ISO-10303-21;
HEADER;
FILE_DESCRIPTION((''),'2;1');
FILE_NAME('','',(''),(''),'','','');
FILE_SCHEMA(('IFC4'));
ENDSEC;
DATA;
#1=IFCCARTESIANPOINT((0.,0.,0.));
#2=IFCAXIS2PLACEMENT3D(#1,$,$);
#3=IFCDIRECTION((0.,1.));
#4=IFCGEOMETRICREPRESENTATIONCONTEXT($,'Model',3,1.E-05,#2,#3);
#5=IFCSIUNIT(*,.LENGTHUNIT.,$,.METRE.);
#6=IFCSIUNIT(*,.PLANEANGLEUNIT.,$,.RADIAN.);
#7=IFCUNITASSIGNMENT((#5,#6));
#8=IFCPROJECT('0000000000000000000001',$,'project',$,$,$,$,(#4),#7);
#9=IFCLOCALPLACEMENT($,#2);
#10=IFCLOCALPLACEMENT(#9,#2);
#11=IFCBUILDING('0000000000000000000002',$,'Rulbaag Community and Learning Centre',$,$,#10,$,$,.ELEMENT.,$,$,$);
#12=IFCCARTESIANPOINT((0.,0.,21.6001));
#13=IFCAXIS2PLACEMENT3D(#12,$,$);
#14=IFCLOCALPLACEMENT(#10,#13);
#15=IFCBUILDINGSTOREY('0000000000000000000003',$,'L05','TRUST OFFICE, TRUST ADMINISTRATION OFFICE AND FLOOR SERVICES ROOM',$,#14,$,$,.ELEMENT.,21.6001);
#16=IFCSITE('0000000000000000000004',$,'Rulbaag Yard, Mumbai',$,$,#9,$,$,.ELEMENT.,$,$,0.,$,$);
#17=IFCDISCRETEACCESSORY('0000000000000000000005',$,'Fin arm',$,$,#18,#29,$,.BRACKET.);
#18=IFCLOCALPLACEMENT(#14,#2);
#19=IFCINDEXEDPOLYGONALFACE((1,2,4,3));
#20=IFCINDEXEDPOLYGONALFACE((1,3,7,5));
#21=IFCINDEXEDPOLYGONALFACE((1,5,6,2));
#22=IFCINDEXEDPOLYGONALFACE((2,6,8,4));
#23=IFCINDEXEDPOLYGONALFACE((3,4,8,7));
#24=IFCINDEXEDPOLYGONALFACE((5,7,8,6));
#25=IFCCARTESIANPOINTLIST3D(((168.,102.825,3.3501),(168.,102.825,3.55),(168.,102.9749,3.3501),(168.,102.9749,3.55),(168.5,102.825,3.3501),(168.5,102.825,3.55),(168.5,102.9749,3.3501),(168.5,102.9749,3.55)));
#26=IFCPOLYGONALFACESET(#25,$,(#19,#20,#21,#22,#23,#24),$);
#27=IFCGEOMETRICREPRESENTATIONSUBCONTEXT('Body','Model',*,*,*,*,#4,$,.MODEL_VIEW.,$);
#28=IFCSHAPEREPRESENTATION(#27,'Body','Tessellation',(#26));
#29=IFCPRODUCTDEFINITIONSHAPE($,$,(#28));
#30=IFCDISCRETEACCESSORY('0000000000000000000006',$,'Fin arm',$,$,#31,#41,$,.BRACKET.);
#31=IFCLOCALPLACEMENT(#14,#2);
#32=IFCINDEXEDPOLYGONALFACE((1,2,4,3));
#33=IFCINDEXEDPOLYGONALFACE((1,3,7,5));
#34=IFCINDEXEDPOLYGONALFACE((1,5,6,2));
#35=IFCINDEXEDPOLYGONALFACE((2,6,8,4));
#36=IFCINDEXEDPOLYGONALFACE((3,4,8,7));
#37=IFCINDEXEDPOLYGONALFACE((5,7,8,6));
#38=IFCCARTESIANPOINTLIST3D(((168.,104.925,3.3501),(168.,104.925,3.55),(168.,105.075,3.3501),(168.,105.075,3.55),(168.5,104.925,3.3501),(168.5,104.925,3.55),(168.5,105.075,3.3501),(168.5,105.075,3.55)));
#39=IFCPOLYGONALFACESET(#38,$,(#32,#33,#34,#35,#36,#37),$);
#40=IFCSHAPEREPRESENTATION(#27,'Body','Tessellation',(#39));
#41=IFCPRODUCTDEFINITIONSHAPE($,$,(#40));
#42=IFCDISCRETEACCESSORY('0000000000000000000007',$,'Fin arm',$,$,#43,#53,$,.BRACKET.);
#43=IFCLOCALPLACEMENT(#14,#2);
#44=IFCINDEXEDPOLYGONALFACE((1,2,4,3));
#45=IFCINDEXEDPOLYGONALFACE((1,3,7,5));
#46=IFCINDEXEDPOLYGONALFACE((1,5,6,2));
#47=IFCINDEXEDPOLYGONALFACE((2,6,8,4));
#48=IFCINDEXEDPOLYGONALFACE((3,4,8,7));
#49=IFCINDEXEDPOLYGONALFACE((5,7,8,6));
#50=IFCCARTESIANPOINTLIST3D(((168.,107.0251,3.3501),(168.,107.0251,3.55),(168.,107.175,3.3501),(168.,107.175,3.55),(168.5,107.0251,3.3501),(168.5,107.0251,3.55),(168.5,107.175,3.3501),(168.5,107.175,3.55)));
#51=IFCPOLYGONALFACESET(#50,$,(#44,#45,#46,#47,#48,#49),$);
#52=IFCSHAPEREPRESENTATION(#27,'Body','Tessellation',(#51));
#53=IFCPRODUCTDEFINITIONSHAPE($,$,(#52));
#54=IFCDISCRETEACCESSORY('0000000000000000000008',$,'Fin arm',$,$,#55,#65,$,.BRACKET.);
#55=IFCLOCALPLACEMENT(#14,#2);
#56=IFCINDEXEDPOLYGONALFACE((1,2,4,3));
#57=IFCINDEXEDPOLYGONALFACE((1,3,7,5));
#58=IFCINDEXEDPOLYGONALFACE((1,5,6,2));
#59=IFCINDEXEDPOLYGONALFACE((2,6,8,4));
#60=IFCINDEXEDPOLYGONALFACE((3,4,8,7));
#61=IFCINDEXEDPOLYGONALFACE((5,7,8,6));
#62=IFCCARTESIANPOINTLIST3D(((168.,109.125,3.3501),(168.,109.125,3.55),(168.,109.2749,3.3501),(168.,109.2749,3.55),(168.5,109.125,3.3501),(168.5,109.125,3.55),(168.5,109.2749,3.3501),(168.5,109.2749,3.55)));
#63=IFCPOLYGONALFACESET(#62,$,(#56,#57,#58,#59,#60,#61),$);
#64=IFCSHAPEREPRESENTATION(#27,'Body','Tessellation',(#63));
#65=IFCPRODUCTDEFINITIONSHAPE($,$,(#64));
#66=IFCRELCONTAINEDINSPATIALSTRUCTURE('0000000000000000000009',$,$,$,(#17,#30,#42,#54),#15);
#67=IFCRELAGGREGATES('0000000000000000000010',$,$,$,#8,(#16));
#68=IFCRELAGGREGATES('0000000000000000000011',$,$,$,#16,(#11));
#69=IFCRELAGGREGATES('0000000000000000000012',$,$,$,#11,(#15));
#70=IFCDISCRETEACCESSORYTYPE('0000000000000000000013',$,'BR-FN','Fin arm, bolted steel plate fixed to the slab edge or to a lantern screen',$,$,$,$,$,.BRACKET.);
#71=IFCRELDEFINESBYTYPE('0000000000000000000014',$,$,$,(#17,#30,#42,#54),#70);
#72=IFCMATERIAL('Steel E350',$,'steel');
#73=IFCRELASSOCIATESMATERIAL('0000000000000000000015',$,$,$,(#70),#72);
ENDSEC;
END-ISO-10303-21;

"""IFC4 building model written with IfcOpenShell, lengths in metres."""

from ifc_helpers import new_model, si_unit, direction, frame, origin, origin_2d, place, context, subcontext, project, spatial, rectangle, extrude, material, type_object, element, save


model = new_model("IFC4")

# Units and contexts
model_context = context("Model", 3, precision=1e-05, world=origin(), true_north=direction((0.0, 1.0)))
body_context = subcontext(model_context, "Body", "Model", "MODEL_VIEW")
ifc_project = project(units=[si_unit("LENGTHUNIT", "METRE"), si_unit("PLANEANGLEUNIT", "RADIAN")], contexts=[model_context])

# Site, building, storey
site_placement = place(None, origin())
site = spatial("IfcSite", under=ifc_project, at=site_placement, Name="Rulbaag Yard, Mumbai", CompositionType="ELEMENT", RefElevation=0.0)
building_placement = place(site_placement, origin())
building = spatial("IfcBuilding", under=site, at=building_placement, Name="Rulbaag Community and Learning Centre", CompositionType="ELEMENT")
storey_placement = place(building_placement, frame((0.0, 0.0, 21.6001)))
storey = spatial("IfcBuildingStorey", under=building, at=storey_placement, Name="L05", Description="TRUST OFFICE, TRUST ADMINISTRATION OFFICE AND FLOOR SERVICES ROOM", CompositionType="ELEMENT", Elevation=21.6001)

# Discrete accessories
ifc_material_1 = material(Name="Steel E350", Category="steel")
discrete_accessory_type = type_object("IfcDiscreteAccessoryType", Name="BR-FN", Description="Fin arm, bolted steel plate fixed to the slab edge or to a lantern screen", PredefinedType="BRACKET", material=ifc_material_1)
for number, where, z_axis, x_axis, name in (
    (1, (168.25, 102.8999, 3.3501), (0.0, 0.0, 1.0), (1.0, 0.0, 0.0), "Fin arm"),
    (2, (168.25, 105.0, 3.3501), (0.0, 0.0, 1.0), (1.0, 0.0, 0.0), "Fin arm"),
    (3, (168.25, 107.1001, 3.3501), (0.0, 0.0, 1.0), (1.0, 0.0, 0.0), "Fin arm"),
    (4, (168.25, 109.2, 3.3501), (0.0, 0.0, 1.0), (1.0, 0.0, 0.0), "Fin arm"),
):
    element("IfcDiscreteAccessory", number, at=place(storey_placement, frame(where, z_axis=z_axis, x_axis=x_axis)), inside=storey, type_object=discrete_accessory_type, Name=name, PredefinedType="BRACKET", context=body_context, shape_type="SweptSolid", body=[
        extrude(rectangle(XDim=0.5, YDim=0.1499, at=origin_2d()), origin(), (0.0, 0.0, 1.0), 0.2),
    ])

save(model, "model.ifc")
